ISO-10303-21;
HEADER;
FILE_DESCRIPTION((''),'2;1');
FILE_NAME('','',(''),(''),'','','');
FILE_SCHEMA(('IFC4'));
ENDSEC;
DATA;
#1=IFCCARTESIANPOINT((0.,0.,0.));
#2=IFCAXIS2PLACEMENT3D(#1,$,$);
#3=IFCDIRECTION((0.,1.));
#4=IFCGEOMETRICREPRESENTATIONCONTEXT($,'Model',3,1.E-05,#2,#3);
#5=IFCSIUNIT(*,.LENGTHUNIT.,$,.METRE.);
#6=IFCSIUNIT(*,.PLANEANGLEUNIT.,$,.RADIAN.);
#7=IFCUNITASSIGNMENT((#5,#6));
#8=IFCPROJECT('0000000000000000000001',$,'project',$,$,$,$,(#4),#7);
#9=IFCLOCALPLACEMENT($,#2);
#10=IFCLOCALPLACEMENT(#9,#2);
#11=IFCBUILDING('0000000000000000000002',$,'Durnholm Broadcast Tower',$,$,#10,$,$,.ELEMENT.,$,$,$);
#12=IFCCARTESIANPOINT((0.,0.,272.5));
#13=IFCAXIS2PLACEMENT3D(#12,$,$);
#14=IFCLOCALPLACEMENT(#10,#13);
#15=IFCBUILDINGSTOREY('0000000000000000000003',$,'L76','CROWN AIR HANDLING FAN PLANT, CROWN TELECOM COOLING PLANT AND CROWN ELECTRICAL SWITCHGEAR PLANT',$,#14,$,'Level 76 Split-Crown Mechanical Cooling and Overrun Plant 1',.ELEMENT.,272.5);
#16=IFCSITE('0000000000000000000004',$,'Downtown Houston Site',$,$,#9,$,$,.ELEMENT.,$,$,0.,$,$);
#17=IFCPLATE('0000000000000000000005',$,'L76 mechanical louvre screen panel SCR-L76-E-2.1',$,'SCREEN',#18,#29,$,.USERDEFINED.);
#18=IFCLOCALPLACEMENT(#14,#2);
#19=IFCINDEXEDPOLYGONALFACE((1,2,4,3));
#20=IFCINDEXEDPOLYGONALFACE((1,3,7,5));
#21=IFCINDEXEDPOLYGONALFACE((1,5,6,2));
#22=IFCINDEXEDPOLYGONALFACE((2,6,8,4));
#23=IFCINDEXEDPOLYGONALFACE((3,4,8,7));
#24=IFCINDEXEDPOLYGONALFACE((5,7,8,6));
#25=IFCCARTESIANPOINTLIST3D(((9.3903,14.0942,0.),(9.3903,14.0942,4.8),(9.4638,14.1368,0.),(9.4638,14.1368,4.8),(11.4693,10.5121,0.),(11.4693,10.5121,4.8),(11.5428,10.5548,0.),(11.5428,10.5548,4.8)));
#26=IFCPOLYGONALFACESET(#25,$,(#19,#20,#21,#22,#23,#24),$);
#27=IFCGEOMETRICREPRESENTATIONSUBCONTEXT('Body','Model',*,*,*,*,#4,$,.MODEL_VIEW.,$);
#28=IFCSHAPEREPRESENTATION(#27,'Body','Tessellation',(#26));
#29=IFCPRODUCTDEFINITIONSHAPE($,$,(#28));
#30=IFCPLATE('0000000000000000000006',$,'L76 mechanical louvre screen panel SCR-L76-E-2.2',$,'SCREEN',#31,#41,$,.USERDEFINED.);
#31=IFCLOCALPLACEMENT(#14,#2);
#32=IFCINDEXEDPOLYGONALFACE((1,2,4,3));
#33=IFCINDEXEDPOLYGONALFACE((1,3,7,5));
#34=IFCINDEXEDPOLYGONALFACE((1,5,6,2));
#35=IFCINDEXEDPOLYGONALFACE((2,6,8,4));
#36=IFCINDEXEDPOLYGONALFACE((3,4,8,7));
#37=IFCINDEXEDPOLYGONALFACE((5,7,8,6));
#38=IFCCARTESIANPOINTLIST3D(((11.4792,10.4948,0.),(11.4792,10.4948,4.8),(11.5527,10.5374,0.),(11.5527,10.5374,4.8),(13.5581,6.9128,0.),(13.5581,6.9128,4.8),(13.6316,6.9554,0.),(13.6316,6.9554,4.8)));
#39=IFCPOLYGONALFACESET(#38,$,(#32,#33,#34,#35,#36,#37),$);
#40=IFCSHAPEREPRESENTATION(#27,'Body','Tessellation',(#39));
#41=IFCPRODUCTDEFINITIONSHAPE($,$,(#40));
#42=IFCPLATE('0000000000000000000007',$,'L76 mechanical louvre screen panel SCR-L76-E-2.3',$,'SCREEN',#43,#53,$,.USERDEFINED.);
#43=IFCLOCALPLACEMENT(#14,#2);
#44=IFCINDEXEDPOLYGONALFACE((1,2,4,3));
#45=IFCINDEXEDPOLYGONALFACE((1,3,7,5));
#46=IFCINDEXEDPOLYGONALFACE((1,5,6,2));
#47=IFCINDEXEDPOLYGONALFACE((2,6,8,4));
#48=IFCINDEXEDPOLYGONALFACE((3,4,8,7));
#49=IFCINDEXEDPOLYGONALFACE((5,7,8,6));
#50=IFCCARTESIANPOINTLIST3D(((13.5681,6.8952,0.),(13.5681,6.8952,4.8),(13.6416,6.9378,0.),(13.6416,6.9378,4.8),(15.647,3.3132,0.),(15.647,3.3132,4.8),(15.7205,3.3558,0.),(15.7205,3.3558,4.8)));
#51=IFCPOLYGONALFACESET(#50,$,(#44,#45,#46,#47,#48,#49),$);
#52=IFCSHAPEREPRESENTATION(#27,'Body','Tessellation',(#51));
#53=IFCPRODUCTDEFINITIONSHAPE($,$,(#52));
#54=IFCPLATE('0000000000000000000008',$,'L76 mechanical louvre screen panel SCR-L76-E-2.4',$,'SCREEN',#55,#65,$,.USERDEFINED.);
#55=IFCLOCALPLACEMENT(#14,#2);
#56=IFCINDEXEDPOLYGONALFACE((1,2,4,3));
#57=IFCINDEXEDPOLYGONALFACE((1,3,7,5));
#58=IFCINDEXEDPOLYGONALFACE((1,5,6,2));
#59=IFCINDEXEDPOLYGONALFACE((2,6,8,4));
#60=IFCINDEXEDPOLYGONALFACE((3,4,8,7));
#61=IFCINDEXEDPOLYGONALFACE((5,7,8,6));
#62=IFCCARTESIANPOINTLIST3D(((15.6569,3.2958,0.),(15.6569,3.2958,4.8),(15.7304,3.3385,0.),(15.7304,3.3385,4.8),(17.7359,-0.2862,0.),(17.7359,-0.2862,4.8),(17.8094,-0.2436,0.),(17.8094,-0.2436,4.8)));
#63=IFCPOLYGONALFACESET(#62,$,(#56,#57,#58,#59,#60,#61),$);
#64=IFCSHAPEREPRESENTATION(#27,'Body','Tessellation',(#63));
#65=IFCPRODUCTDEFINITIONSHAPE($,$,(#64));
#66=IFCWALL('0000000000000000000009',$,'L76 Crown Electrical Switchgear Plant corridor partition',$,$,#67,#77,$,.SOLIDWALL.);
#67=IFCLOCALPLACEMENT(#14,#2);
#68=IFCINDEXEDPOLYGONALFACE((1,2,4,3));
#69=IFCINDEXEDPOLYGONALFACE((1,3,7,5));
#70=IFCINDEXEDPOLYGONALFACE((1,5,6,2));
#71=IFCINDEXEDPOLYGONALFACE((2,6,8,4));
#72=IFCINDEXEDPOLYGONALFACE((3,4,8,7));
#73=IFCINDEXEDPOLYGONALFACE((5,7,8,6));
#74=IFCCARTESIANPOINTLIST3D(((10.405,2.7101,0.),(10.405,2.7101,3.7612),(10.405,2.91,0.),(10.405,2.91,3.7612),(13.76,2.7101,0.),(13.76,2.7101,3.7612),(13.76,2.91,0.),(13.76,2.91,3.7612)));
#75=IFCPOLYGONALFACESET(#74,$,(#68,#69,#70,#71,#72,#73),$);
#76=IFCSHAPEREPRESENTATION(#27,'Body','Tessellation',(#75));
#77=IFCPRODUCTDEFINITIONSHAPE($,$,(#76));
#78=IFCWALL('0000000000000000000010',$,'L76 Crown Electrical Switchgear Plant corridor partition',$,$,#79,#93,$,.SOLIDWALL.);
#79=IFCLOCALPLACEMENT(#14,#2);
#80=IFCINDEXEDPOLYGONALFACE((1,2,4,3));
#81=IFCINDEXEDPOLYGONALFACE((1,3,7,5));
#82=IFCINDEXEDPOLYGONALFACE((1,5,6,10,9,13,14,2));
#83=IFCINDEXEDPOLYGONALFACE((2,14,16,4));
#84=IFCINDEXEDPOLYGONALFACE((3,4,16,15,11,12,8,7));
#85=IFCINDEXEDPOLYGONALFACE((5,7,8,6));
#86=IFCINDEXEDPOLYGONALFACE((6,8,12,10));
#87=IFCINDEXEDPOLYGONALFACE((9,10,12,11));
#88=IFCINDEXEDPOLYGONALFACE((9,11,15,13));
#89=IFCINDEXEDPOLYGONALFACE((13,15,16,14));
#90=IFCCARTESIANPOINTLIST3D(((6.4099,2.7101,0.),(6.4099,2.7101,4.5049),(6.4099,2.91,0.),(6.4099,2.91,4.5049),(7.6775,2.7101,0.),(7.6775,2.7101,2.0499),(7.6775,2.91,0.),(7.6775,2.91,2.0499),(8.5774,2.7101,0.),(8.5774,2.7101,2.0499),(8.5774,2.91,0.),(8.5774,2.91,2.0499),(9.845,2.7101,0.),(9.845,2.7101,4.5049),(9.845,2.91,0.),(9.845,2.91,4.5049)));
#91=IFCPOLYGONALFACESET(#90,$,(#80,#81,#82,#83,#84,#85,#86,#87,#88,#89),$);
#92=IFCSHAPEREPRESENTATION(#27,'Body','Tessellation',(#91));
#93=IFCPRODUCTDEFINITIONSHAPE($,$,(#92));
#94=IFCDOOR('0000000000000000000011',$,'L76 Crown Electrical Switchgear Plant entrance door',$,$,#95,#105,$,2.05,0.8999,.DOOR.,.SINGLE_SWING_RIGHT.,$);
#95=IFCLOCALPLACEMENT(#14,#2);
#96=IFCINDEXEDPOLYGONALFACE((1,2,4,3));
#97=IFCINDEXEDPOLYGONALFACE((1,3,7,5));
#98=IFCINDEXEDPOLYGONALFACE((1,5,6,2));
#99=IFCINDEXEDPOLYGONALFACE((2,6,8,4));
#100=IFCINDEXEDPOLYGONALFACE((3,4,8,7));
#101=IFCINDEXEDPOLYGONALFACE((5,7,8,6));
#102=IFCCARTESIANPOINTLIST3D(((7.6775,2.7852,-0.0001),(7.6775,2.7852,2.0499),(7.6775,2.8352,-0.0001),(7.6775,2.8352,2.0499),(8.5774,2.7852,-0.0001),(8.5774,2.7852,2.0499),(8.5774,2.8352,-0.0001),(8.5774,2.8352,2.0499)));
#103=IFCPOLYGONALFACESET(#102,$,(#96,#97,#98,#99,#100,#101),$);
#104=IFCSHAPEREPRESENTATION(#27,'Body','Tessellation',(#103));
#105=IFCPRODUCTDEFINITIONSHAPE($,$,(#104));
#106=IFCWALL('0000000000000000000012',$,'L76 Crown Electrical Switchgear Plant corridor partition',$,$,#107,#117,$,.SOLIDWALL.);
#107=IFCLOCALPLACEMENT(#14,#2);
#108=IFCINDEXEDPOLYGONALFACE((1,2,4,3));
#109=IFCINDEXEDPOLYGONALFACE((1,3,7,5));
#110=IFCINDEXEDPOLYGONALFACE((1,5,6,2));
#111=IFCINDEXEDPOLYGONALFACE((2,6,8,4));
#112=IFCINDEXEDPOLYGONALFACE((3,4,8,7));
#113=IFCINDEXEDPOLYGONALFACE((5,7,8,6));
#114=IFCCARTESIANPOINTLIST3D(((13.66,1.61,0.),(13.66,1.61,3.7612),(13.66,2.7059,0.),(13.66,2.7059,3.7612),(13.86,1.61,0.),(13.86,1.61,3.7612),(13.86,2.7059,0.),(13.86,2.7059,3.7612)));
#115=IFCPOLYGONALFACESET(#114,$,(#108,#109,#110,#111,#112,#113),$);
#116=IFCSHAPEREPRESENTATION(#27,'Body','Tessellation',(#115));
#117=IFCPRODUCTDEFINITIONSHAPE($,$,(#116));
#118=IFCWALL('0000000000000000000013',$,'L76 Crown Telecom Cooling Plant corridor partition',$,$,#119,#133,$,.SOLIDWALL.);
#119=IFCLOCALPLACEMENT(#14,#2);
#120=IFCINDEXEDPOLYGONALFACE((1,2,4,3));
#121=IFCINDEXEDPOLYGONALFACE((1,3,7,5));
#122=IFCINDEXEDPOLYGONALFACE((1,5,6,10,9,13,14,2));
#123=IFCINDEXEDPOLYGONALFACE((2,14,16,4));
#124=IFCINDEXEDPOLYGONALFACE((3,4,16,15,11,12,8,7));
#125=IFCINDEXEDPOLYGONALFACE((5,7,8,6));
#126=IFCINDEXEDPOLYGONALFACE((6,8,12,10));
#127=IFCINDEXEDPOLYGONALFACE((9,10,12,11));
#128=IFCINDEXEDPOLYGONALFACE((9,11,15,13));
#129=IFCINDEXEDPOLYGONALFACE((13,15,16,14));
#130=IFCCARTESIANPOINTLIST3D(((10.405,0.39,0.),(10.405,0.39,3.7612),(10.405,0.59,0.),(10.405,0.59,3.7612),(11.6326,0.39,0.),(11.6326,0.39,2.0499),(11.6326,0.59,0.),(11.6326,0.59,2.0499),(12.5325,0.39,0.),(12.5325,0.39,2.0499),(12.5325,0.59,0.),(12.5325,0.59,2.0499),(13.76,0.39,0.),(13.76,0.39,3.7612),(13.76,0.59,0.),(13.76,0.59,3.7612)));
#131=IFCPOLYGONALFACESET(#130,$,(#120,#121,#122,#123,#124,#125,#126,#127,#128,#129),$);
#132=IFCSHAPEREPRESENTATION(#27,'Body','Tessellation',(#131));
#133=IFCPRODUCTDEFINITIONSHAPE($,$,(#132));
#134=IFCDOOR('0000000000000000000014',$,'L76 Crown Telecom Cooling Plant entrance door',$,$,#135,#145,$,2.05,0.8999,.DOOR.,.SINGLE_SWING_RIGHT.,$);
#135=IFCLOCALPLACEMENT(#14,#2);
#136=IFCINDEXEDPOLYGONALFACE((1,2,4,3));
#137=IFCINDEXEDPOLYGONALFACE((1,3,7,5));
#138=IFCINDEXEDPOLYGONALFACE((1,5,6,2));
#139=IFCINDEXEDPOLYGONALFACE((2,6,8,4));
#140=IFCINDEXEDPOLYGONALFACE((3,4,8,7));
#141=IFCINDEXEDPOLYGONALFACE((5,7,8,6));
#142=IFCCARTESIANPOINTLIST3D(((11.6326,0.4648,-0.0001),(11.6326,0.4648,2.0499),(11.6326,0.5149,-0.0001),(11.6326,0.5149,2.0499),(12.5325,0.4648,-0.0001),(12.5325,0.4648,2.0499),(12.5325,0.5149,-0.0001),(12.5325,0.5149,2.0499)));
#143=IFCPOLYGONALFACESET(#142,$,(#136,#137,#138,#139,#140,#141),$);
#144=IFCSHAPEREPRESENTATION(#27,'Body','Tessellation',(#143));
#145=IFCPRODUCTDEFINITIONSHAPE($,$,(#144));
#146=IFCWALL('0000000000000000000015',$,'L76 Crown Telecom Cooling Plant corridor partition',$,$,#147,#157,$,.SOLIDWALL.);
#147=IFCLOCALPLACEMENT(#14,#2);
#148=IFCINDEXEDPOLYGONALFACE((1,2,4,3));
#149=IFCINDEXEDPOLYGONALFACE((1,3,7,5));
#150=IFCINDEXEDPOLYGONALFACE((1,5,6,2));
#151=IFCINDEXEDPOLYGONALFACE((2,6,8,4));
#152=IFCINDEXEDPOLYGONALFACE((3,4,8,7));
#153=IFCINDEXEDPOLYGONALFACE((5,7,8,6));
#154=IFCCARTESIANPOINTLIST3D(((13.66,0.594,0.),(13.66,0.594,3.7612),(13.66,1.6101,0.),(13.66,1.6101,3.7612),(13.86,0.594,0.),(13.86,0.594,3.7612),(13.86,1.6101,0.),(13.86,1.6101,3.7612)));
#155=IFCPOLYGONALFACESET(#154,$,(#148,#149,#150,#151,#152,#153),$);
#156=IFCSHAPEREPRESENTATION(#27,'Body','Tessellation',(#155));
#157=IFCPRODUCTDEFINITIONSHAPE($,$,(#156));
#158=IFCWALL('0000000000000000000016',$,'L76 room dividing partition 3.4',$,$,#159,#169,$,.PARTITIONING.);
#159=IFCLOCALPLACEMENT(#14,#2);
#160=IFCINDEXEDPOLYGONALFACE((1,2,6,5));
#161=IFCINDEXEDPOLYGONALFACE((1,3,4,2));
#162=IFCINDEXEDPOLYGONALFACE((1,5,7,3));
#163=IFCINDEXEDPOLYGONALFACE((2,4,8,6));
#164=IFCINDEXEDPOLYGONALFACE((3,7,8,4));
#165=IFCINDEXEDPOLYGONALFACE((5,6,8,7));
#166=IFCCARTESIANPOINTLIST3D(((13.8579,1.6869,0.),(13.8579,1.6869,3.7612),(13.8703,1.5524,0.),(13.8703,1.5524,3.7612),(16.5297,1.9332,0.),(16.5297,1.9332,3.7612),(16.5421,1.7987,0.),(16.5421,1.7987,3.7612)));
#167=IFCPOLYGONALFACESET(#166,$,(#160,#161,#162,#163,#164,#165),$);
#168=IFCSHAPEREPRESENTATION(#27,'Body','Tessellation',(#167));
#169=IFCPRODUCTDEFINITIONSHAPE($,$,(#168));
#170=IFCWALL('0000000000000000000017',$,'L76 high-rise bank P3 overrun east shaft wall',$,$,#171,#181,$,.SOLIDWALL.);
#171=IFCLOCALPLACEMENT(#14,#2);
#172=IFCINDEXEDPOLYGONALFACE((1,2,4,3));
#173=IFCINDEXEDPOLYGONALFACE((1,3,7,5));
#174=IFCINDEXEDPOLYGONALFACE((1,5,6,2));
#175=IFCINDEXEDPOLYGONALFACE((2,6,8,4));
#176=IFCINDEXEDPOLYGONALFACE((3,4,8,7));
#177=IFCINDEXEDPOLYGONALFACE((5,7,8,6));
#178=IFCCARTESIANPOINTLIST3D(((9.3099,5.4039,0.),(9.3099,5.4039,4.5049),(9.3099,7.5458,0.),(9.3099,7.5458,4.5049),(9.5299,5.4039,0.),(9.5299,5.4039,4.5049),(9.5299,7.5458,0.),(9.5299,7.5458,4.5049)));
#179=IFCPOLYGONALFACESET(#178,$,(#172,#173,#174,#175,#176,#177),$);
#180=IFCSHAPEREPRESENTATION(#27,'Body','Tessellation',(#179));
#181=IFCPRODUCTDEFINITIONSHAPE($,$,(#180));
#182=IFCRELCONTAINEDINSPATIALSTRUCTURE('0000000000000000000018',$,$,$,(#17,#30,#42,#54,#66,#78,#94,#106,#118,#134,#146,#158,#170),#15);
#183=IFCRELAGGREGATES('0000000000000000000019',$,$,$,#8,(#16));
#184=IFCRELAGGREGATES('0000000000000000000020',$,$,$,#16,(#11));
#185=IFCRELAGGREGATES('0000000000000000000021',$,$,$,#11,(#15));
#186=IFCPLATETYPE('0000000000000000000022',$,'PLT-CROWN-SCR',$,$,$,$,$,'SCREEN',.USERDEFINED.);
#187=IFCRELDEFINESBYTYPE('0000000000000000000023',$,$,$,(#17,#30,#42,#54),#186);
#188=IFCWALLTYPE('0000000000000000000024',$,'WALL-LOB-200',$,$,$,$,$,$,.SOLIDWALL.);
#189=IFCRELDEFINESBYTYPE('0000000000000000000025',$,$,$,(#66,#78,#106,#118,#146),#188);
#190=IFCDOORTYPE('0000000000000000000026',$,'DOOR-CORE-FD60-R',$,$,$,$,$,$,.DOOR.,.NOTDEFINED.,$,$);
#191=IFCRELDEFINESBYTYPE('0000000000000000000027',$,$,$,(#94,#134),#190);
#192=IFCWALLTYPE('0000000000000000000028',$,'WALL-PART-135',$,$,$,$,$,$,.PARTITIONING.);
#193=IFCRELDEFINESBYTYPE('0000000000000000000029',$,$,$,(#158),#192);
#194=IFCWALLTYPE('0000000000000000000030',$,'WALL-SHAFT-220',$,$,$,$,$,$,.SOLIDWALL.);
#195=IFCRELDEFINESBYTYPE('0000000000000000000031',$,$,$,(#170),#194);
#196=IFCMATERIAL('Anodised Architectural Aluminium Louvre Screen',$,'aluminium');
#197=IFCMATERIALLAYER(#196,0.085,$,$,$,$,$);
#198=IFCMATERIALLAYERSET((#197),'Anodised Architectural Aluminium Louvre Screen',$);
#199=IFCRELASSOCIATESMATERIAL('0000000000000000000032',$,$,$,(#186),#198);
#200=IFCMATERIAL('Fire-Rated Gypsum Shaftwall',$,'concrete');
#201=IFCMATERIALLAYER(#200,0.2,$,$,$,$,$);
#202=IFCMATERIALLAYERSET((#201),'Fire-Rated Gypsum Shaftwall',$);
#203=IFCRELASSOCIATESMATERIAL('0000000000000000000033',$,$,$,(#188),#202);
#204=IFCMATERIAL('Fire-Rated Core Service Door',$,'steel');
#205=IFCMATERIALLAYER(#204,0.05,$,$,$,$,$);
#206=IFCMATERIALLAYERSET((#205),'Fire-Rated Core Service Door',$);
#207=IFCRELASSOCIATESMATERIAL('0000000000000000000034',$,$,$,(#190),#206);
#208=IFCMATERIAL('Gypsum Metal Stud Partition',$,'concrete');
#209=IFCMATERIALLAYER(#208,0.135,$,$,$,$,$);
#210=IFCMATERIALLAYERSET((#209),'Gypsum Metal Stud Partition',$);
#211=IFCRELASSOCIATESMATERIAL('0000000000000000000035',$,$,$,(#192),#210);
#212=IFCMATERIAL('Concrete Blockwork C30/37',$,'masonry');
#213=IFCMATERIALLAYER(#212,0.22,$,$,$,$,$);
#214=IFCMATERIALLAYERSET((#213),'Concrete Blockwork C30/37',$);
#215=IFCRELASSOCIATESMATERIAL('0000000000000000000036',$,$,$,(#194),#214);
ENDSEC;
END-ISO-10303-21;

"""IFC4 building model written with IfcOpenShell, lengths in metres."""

from ifc_helpers import new_model, si_unit, direction, frame, frame_2d, origin, origin_2d, place, context, subcontext, project, spatial, rectangle, extrude, source, transform, mapped, material, layer, layer_set, type_object, type_shapes, element, fill, save


model = new_model("IFC4")

# Units and contexts
model_context = context("Model", 3, precision=1e-05, world=origin(), true_north=direction((0.0, 1.0)))
body_context = subcontext(model_context, "Body", "Model", "MODEL_VIEW")
ifc_project = project(units=[si_unit("LENGTHUNIT", "METRE"), si_unit("PLANEANGLEUNIT", "RADIAN")], contexts=[model_context])

# Site, building, storey
site_placement = place(None, origin())
site = spatial("IfcSite", under=ifc_project, at=site_placement, Name="Downtown Houston Site", CompositionType="ELEMENT", RefElevation=0.0)
building_placement = place(site_placement, origin())
building = spatial("IfcBuilding", under=site, at=building_placement, Name="Durnholm Broadcast Tower", CompositionType="ELEMENT")
storey_placement = place(building_placement, frame((0.0, 0.0, 272.5)))
storey = spatial("IfcBuildingStorey", under=building, at=storey_placement, Name="L76", Description="CROWN AIR HANDLING FAN PLANT, CROWN TELECOM COOLING PLANT AND CROWN ELECTRICAL SWITCHGEAR PLANT", LongName="Level 76 Split-Crown Mechanical Cooling and Overrun Plant 1", CompositionType="ELEMENT", Elevation=272.5)

# Plates
ifc_material_1 = material(Name="Anodised Architectural Aluminium Louvre Screen", Category="aluminium")
ifc_layer_1 = layer(ifc_material_1, 0.085)
ifc_layer_set_1 = layer_set([ifc_layer_1], Name="Anodised Architectural Aluminium Louvre Screen")
plate_type_1 = type_object("IfcPlateType", Name="PLT-CROWN-SCR", ElementType="SCREEN", PredefinedType="USERDEFINED", material=ifc_layer_set_1)
shared_shape_1 = source(origin(), body_context, "Body", "SweptSolid", [
    extrude(rectangle(XDim=4.1416, YDim=0.085, at=origin_2d()), origin(), (0.0, 0.0, 1.0), 4.8),
])
type_shapes(plate_type_1, [shared_shape_1])
for number, where, z_axis, x_axis, name in (
    (1, (10.4666, 12.3245, 0.0), (0.0, 0.0, 1.0), (0.501964, -0.864889, 0.0), "L76 mechanical louvre screen panel SCR-L76-E-2.1"),
    (2, (12.5554, 8.7251, 0.0), (0.0, 0.0, 1.0), (0.501964, -0.864889, 0.0), "L76 mechanical louvre screen panel SCR-L76-E-2.2"),
    (3, (14.6443, 5.1255, 0.0), (0.0, 0.0, 1.0), (0.501964, -0.864889, 0.0), "L76 mechanical louvre screen panel SCR-L76-E-2.3"),
    (4, (16.7332, 1.5261, 0.0), (0.0, 0.0, 1.0), (0.501964, -0.864889, 0.0), "L76 mechanical louvre screen panel SCR-L76-E-2.4"),
):
    element("IfcPlate", number, at=place(storey_placement, frame(where, z_axis=z_axis, x_axis=x_axis)), inside=storey, type_object=plate_type_1, Name=name, ObjectType="SCREEN", PredefinedType="USERDEFINED", context=body_context, shape_type="MappedRepresentation", body=[
        mapped(shared_shape_1, transform((0.0, 0.0, 0.0), x_axis=(1.0, 0.0, 0.0), y_axis=(0.0, 1.0, 0.0), z_axis=(0.0, 0.0, 1.0), scale=1.0)),
    ])

# Wall
ifc_material_2 = material(Name="Fire-Rated Gypsum Shaftwall", Category="concrete")
ifc_layer_2 = layer(ifc_material_2, 0.2)
ifc_layer_set_2 = layer_set([ifc_layer_2], Name="Fire-Rated Gypsum Shaftwall")
wall_type_1 = type_object("IfcWallType", Name="WALL-LOB-200", PredefinedType="SOLIDWALL", material=ifc_layer_set_2)
wall_1_placement = place(storey_placement, frame((13.76, 2.8101, 0.0), z_axis=(0.0, 0.0, 1.0), x_axis=(-1.0, 0.0, 0.0)))
element("IfcWall", 5, at=wall_1_placement, inside=storey, type_object=wall_type_1, Name="L76 Crown Electrical Switchgear Plant corridor partition", PredefinedType="SOLIDWALL", context=body_context, shape_type="SweptSolid", body=[
    extrude(rectangle(XDim=3.355, YDim=0.2, at=frame_2d((1.6775, 0.0))), origin(), (0.0, 0.0, 1.0), 3.7612),
])

# Wall, opening, door
wall_2_placement = place(storey_placement, frame((9.845, 2.8101, 0.0), z_axis=(0.0, 0.0, 1.0), x_axis=(-1.0, 0.0, 0.0)))
wall_2 = element("IfcWall", 6, at=wall_2_placement, inside=storey, type_object=wall_type_1, Name="L76 Crown Electrical Switchgear Plant corridor partition", PredefinedType="SOLIDWALL", context=body_context, shape_type="SweptSolid", body=[
    extrude(rectangle(XDim=3.4351, YDim=0.2, at=frame_2d((1.7175, 0.0))), origin(), (0.0, 0.0, 1.0), 4.5049),
])
opening_1_placement = place(wall_2_placement, frame((1.2676, 0.0, 0.0)))
opening_1 = element("IfcOpeningElement", 7, at=opening_1_placement, cuts=wall_2, PredefinedType="OPENING", context=body_context, shape_type="SweptSolid", body=[
    extrude(rectangle(XDim=0.8999, YDim=2.05, at=frame_2d((0.45, 1.0249))), frame((0.0, 0.1099, 0.0), z_axis=(0.0, -1.0, 0.0), x_axis=(1.0, 0.0, 0.0)), (0.0, 0.0, 1.0), 0.22),
])
ifc_material_3 = material(Name="Fire-Rated Core Service Door", Category="steel")
ifc_layer_3 = layer(ifc_material_3, 0.05)
ifc_layer_set_3 = layer_set([ifc_layer_3], Name="Fire-Rated Core Service Door")
door_type = type_object("IfcDoorType", Name="DOOR-CORE-FD60-R", OperationType="NOTDEFINED", PredefinedType="DOOR", material=ifc_layer_set_3)
shared_shape_2 = source(origin(), body_context, "Body", "SweptSolid", [
    extrude(rectangle(XDim=0.8999, YDim=2.05, at=frame_2d((0.45, 1.0249))), frame((0.0, 0.0249, 0.0), z_axis=(0.0, -1.0, 0.0), x_axis=(1.0, 0.0, 0.0)), (0.0, 0.0, 1.0), 0.05),
])
type_shapes(door_type, [shared_shape_2])
door_1_placement = place(opening_1_placement, origin())
door_1 = element("IfcDoor", 8, at=door_1_placement, inside=storey, type_object=door_type, Name="L76 Crown Electrical Switchgear Plant entrance door", OperationType="SINGLE_SWING_RIGHT", OverallHeight=2.05, OverallWidth=0.8999, PredefinedType="DOOR", context=body_context, shape_type="MappedRepresentation", body=[
    mapped(shared_shape_2, transform((0.0, 0.0, 0.0), x_axis=(1.0, 0.0, 0.0), y_axis=(0.0, 1.0, 0.0), z_axis=(0.0, 0.0, 1.0), scale=1.0)),
])
fill(opening_1, door_1)

# Wall
wall_3_placement = place(storey_placement, frame((13.76, 1.6101, 0.0), z_axis=(0.0, 0.0, 1.0), x_axis=(0.0, 1.0, 0.0)))
element("IfcWall", 9, at=wall_3_placement, inside=storey, type_object=wall_type_1, Name="L76 Crown Electrical Switchgear Plant corridor partition", PredefinedType="SOLIDWALL", context=body_context, shape_type="SweptSolid", body=[
    extrude(rectangle(XDim=1.0959, YDim=0.2, at=frame_2d((0.5479, 0.0))), origin(), (0.0, 0.0, 1.0), 3.7612),
])

# Wall, opening, door
wall_4_placement = place(storey_placement, frame((10.405, 0.49, 0.0), z_axis=(0.0, 0.0, 1.0), x_axis=(1.0, 0.0, 0.0)))
wall_4 = element("IfcWall", 10, at=wall_4_placement, inside=storey, type_object=wall_type_1, Name="L76 Crown Telecom Cooling Plant corridor partition", PredefinedType="SOLIDWALL", context=body_context, shape_type="SweptSolid", body=[
    extrude(rectangle(XDim=3.355, YDim=0.2, at=frame_2d((1.6775, 0.0))), origin(), (0.0, 0.0, 1.0), 3.7612),
])
opening_2_placement = place(wall_4_placement, frame((1.2275, 0.0, 0.0)))
opening_2 = element("IfcOpeningElement", 11, at=opening_2_placement, cuts=wall_4, PredefinedType="OPENING", context=body_context, shape_type="SweptSolid", body=[
    extrude(rectangle(XDim=0.8999, YDim=2.05, at=frame_2d((0.45, 1.0249))), frame((0.0, 0.1099, 0.0), z_axis=(0.0, -1.0, 0.0), x_axis=(1.0, 0.0, 0.0)), (0.0, 0.0, 1.0), 0.22),
])
door_2_placement = place(opening_2_placement, origin())
door_2 = element("IfcDoor", 12, at=door_2_placement, inside=storey, type_object=door_type, Name="L76 Crown Telecom Cooling Plant entrance door", OperationType="SINGLE_SWING_RIGHT", OverallHeight=2.05, OverallWidth=0.8999, PredefinedType="DOOR", context=body_context, shape_type="MappedRepresentation", body=[
    mapped(shared_shape_2, transform((0.0, 0.0, 0.0), x_axis=(1.0, 0.0, 0.0), y_axis=(0.0, 1.0, 0.0), z_axis=(0.0, 0.0, 1.0), scale=1.0)),
])
fill(opening_2, door_2)

# Walls
wall_5_placement = place(storey_placement, frame((13.76, 0.594, 0.0), z_axis=(0.0, 0.0, 1.0), x_axis=(0.0, 1.0, 0.0)))
element("IfcWall", 13, at=wall_5_placement, inside=storey, type_object=wall_type_1, Name="L76 Crown Telecom Cooling Plant corridor partition", PredefinedType="SOLIDWALL", context=body_context, shape_type="SweptSolid", body=[
    extrude(rectangle(XDim=1.0161, YDim=0.2, at=frame_2d((0.5081, 0.0))), origin(), (0.0, 0.0, 1.0), 3.7612),
])
ifc_material_4 = material(Name="Gypsum Metal Stud Partition", Category="concrete")
ifc_layer_4 = layer(ifc_material_4, 0.135)
ifc_layer_set_4 = layer_set([ifc_layer_4], Name="Gypsum Metal Stud Partition")
wall_type_2 = type_object("IfcWallType", Name="WALL-PART-135", PredefinedType="PARTITIONING", material=ifc_layer_set_4)
wall_6_placement = place(storey_placement, frame((16.5359, 1.866, 0.0), z_axis=(0.0, 0.0, 1.0), x_axis=(-0.995777, -0.091807, 0.0)))
element("IfcWall", 14, at=wall_6_placement, inside=storey, type_object=wall_type_2, Name="L76 room dividing partition 3.4", PredefinedType="PARTITIONING", context=body_context, shape_type="SweptSolid", body=[
    extrude(rectangle(XDim=2.6831, YDim=0.135, at=frame_2d((1.3416, 0.0))), origin(), (0.0, 0.0, 1.0), 3.7612),
])
ifc_material_5 = material(Name="Concrete Blockwork C30/37", Category="masonry")
ifc_layer_5 = layer(ifc_material_5, 0.22)
ifc_layer_set_5 = layer_set([ifc_layer_5], Name="Concrete Blockwork C30/37")
wall_type_3 = type_object("IfcWallType", Name="WALL-SHAFT-220", PredefinedType="SOLIDWALL", material=ifc_layer_set_5)
wall_7_placement = place(storey_placement, frame((9.4199, 5.4041, 0.0), z_axis=(0.0, 0.0, 1.0), x_axis=(0.0, 1.0, 0.0)))
element("IfcWall", 15, at=wall_7_placement, inside=storey, type_object=wall_type_3, Name="L76 high-rise bank P3 overrun east shaft wall", PredefinedType="SOLIDWALL", context=body_context, shape_type="SweptSolid", body=[
    extrude(rectangle(XDim=2.1418, YDim=0.22, at=frame_2d((1.0708, 0.0))), origin(), (0.0, 0.0, 1.0), 4.5049),
])

save(model, "model.ifc")
